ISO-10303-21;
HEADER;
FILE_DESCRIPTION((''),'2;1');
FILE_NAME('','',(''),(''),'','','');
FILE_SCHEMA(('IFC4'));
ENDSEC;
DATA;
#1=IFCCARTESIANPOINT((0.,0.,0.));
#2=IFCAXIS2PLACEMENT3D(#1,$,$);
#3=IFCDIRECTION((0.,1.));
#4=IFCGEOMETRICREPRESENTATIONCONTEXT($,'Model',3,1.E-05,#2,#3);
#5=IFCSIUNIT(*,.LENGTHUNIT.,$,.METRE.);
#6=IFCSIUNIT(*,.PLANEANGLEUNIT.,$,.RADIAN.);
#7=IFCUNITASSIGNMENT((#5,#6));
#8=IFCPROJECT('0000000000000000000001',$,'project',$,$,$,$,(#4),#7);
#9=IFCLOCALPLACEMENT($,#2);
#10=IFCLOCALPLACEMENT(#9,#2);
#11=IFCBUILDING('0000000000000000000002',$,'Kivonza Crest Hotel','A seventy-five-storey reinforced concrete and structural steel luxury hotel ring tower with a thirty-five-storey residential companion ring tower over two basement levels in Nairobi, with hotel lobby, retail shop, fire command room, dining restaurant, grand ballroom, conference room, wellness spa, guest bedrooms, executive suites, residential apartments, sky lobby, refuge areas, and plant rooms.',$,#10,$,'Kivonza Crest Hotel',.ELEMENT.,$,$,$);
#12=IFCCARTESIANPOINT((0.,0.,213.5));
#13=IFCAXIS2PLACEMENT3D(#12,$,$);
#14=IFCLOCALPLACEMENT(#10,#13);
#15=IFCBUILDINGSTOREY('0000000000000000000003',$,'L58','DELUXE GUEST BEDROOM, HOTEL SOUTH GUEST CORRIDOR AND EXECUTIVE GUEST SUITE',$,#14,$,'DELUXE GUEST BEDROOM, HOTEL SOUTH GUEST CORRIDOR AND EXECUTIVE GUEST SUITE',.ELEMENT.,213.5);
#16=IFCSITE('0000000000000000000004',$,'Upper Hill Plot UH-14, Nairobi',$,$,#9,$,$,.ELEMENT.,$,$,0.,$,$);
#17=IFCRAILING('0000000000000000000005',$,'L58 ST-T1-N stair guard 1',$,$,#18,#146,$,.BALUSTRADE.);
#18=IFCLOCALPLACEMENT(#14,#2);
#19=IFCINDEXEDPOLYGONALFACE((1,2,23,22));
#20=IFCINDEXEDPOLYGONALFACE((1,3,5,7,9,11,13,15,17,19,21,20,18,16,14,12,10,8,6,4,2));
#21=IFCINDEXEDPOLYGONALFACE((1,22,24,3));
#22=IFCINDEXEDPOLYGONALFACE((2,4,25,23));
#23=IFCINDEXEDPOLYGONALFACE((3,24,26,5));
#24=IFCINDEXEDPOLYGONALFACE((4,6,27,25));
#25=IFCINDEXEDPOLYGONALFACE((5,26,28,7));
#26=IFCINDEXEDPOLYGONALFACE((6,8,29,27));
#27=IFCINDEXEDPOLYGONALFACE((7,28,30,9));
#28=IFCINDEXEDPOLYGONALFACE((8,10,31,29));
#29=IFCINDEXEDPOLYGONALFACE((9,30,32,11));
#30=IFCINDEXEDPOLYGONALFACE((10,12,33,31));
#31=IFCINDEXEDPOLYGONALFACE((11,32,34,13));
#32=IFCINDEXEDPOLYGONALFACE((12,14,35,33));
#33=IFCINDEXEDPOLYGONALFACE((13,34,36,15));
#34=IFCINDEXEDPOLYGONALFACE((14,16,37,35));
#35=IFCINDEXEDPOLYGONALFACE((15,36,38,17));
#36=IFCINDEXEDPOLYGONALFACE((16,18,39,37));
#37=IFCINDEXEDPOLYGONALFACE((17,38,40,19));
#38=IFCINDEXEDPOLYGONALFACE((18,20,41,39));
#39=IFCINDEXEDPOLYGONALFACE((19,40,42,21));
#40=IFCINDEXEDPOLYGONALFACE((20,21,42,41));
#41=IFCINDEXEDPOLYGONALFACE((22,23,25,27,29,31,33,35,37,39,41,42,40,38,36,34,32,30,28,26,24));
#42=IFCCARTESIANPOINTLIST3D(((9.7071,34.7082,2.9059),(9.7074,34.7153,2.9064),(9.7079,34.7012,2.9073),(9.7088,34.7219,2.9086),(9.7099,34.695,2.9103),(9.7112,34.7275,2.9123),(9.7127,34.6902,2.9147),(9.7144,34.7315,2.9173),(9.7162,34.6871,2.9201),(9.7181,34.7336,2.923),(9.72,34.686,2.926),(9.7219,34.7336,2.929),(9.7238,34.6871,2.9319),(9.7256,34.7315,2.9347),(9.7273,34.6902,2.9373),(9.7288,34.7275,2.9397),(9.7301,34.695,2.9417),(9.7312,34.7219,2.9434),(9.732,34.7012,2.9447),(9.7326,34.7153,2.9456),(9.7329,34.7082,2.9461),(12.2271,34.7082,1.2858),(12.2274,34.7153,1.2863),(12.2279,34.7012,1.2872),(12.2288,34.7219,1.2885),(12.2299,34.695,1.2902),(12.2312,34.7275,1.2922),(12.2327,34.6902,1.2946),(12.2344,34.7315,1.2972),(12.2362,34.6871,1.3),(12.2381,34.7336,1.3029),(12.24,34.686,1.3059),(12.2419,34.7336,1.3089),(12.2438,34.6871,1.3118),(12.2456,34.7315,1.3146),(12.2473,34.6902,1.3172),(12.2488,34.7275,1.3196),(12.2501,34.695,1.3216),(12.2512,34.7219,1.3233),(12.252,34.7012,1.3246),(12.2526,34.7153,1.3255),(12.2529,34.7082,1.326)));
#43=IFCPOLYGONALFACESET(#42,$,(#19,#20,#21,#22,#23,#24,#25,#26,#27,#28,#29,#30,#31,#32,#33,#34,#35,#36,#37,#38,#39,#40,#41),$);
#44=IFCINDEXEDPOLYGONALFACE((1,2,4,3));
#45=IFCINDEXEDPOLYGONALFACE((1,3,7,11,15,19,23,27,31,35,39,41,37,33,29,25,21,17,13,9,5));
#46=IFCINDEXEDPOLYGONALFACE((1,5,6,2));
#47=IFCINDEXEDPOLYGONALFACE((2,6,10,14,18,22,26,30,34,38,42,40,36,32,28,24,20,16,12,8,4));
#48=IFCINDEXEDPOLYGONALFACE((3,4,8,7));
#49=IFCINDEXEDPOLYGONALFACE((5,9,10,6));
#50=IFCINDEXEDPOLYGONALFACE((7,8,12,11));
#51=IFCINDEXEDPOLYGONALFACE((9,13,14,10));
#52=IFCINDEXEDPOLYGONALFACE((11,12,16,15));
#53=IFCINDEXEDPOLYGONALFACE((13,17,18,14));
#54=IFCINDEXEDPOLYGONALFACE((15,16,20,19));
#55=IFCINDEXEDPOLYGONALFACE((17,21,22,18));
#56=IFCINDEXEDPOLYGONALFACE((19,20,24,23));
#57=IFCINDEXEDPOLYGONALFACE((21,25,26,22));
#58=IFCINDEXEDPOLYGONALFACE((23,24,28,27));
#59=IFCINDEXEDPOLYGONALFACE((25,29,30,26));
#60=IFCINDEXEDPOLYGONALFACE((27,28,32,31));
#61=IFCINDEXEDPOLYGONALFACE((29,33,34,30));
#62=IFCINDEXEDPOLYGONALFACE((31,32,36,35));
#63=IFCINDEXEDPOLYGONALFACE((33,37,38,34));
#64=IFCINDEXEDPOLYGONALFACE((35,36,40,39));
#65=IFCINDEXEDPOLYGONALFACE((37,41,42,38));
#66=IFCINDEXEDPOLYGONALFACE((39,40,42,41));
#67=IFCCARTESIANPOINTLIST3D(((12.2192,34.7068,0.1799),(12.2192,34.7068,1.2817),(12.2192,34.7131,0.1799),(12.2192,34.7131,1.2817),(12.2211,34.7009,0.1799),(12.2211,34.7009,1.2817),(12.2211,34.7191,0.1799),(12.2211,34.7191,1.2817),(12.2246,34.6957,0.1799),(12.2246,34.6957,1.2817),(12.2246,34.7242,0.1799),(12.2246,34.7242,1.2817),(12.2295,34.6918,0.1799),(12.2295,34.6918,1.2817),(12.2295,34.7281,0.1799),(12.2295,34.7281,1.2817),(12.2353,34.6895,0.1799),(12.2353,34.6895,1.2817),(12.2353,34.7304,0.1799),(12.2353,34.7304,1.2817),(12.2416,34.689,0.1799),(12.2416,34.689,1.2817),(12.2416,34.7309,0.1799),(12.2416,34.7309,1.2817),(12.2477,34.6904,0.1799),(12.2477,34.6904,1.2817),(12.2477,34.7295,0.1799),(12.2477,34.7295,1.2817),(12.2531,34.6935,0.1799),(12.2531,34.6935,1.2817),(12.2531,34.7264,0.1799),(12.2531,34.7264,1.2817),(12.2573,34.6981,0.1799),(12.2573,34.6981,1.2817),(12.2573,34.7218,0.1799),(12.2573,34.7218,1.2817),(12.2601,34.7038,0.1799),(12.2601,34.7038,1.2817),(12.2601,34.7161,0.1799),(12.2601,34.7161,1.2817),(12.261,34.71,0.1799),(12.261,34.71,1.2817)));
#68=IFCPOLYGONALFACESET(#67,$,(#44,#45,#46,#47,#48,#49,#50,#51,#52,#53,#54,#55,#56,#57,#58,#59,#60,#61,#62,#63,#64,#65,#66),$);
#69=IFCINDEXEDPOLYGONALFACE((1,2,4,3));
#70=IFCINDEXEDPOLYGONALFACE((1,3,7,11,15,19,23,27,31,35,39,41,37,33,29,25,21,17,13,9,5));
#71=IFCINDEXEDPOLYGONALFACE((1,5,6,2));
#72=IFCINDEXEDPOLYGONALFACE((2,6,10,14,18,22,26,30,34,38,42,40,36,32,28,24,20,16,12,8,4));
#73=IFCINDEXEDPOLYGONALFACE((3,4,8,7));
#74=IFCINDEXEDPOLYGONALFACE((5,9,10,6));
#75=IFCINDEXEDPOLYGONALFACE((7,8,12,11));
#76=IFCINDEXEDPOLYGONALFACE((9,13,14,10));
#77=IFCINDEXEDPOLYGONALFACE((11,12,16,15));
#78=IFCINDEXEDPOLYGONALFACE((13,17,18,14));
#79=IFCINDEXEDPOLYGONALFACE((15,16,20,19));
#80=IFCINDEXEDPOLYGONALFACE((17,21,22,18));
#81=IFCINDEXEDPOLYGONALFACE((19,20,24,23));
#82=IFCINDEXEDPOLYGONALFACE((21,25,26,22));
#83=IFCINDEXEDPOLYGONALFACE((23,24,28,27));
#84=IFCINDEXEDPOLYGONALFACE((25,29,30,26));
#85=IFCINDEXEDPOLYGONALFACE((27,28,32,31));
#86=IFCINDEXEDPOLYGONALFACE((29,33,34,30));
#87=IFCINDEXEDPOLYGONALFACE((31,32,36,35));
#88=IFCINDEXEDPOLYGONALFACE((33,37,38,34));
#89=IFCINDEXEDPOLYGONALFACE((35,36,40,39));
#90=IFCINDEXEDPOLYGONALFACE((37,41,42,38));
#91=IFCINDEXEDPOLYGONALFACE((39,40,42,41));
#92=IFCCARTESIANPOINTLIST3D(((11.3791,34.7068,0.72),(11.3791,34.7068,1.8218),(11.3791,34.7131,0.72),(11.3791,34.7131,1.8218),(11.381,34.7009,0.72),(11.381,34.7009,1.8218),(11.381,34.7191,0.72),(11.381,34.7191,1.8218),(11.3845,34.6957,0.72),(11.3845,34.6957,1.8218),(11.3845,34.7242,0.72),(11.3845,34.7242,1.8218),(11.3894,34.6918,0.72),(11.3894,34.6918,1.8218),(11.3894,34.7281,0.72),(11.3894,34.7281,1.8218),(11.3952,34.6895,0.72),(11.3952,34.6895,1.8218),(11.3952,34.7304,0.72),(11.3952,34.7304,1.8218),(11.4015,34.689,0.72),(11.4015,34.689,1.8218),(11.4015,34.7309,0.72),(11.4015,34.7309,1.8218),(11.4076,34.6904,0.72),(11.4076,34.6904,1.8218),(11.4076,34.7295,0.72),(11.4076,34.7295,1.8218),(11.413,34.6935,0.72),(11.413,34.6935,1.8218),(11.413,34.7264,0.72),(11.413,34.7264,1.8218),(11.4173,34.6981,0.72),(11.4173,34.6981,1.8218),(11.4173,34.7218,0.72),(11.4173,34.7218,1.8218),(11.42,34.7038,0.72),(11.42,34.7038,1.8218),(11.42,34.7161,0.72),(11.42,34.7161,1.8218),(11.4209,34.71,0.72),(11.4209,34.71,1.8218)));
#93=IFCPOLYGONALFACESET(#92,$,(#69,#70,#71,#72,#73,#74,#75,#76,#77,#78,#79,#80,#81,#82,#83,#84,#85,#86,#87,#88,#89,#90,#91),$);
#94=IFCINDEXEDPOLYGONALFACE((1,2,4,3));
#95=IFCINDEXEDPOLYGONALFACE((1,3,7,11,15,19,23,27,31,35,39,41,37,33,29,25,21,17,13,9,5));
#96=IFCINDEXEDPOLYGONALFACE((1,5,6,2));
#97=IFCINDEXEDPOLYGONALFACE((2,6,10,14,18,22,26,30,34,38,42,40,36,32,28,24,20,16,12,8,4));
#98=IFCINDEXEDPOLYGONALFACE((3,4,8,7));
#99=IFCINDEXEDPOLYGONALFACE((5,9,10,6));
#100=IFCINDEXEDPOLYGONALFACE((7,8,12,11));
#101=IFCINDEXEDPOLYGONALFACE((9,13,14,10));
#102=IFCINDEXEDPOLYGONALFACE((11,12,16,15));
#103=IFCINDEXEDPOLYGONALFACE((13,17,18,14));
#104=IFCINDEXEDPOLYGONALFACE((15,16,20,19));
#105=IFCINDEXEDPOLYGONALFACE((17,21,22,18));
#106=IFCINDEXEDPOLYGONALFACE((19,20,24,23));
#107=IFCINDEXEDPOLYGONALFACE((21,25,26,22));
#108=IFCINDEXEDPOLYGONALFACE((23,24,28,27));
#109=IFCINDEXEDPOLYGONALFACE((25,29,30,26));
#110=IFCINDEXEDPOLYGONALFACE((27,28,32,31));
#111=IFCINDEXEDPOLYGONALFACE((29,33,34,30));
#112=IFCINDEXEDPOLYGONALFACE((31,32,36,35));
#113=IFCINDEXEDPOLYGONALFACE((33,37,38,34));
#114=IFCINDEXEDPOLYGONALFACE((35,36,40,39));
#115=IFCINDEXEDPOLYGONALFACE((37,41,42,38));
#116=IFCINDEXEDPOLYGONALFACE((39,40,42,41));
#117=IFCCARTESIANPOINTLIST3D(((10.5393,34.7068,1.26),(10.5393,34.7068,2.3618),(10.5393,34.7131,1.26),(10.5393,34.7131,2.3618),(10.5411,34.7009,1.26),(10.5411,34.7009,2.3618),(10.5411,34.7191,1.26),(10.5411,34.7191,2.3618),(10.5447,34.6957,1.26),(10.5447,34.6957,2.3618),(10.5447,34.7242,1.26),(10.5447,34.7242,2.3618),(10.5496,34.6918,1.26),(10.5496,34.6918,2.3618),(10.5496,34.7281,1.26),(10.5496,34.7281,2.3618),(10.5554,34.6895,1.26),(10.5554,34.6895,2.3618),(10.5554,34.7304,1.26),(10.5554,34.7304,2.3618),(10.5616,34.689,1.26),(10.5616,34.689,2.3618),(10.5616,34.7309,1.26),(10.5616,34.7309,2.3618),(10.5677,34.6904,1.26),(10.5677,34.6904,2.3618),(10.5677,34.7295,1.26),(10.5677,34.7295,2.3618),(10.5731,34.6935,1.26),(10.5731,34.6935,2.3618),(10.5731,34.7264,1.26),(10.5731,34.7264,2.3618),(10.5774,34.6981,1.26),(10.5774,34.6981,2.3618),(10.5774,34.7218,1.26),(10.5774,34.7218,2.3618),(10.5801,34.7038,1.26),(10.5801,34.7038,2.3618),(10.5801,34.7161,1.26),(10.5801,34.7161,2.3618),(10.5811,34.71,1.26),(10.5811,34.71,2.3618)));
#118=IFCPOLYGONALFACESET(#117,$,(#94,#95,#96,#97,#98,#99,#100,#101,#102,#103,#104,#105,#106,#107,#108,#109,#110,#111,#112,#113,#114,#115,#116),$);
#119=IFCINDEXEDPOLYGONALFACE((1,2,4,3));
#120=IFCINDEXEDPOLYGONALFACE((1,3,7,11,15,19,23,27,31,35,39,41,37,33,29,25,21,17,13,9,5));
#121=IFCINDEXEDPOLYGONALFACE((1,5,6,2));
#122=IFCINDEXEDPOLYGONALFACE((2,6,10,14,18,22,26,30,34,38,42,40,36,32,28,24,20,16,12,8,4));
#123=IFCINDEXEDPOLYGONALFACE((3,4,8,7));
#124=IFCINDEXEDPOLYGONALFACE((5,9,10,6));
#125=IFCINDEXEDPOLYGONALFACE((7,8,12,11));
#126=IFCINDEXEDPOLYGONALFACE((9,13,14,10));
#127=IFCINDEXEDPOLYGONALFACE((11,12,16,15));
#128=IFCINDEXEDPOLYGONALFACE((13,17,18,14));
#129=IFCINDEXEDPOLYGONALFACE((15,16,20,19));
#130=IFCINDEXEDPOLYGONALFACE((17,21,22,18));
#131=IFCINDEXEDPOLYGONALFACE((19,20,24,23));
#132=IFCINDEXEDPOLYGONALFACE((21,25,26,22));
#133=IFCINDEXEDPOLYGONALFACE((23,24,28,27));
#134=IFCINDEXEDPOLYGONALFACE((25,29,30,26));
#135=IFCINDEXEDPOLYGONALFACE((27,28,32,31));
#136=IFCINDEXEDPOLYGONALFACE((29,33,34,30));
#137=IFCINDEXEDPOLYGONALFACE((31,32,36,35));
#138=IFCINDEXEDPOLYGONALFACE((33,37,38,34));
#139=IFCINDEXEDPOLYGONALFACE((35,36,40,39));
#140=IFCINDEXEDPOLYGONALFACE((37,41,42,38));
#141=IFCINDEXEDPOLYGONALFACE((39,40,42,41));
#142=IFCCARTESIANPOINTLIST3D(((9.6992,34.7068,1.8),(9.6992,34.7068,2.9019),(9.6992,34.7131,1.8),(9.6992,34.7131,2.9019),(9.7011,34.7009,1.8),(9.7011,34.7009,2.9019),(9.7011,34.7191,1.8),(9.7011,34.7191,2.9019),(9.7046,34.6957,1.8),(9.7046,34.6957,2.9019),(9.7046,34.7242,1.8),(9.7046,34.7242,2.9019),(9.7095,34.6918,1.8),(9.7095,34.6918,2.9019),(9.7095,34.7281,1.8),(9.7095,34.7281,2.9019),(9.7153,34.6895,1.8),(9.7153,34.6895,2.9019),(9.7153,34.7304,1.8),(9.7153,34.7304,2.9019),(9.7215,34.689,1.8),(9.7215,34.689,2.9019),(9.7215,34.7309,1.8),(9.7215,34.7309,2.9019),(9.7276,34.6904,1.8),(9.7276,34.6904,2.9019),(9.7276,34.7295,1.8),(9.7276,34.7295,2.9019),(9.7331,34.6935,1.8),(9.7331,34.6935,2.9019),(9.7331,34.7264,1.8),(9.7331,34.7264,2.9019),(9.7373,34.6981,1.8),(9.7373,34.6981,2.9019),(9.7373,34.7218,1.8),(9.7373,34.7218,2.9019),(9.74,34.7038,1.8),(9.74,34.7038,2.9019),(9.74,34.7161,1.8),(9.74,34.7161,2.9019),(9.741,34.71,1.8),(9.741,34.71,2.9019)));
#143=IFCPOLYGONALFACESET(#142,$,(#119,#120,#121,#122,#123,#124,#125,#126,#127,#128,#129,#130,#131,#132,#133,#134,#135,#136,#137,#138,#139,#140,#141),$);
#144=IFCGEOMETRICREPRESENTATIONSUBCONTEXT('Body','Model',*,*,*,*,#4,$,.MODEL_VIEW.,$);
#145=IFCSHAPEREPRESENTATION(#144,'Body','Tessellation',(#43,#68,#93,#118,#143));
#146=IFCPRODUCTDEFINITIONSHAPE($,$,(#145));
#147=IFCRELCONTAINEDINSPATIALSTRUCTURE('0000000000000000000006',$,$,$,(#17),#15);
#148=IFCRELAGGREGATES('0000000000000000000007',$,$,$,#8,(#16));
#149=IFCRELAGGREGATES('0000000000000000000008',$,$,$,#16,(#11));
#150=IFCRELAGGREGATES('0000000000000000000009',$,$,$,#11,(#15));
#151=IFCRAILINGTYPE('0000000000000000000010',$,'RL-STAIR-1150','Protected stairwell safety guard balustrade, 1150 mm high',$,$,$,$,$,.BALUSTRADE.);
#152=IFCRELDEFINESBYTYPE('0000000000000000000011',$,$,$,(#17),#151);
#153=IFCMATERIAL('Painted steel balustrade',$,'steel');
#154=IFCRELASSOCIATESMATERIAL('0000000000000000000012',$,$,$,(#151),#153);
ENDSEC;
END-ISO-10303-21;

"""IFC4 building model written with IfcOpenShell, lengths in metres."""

from ifc_helpers import new_model, si_unit, direction, frame, origin, origin_2d, place, context, subcontext, project, spatial, circle, extrude, material, type_object, element, save


model = new_model("IFC4")

# Units and contexts
model_context = context("Model", 3, precision=1e-05, world=origin(), true_north=direction((0.0, 1.0)))
body_context = subcontext(model_context, "Body", "Model", "MODEL_VIEW")
ifc_project = project(units=[si_unit("LENGTHUNIT", "METRE"), si_unit("PLANEANGLEUNIT", "RADIAN")], contexts=[model_context])

# Site, building, storey
site_placement = place(None, origin())
site = spatial("IfcSite", under=ifc_project, at=site_placement, Name="Upper Hill Plot UH-14, Nairobi", CompositionType="ELEMENT", RefElevation=0.0)
building_placement = place(site_placement, origin())
building = spatial("IfcBuilding", under=site, at=building_placement, Name="Kivonza Crest Hotel", Description="A seventy-five-storey reinforced concrete and structural steel luxury hotel ring tower with a thirty-five-storey residential companion ring tower over two basement levels in Nairobi, with hotel lobby, retail shop, fire command room, dining restaurant, grand ballroom, conference room, wellness spa, guest bedrooms, executive suites, residential apartments, sky lobby, refuge areas, and plant rooms.", LongName="Kivonza Crest Hotel", CompositionType="ELEMENT")
storey_placement = place(building_placement, frame((0.0, 0.0, 213.5)))
storey = spatial("IfcBuildingStorey", under=building, at=storey_placement, Name="L58", Description="DELUXE GUEST BEDROOM, HOTEL SOUTH GUEST CORRIDOR AND EXECUTIVE GUEST SUITE", LongName="DELUXE GUEST BEDROOM, HOTEL SOUTH GUEST CORRIDOR AND EXECUTIVE GUEST SUITE", CompositionType="ELEMENT", Elevation=213.5)

# Railing
ifc_material_1 = material(Name="Painted steel balustrade", Category="steel")
railing_type_1 = type_object("IfcRailingType", Name="RL-STAIR-1150", Description="Protected stairwell safety guard balustrade, 1150 mm high", PredefinedType="BALUSTRADE", material=ifc_material_1)
railing_1_placement = place(storey_placement, frame((12.24, 34.71, 0.1799)))
element("IfcRailing", 1, at=railing_1_placement, inside=storey, type_object=railing_type_1, Name="L58 ST-T1-N stair guard 1", PredefinedType="BALUSTRADE", context=body_context, shape_type="SweptSolid", body=[
    extrude(circle(Radius=0.0239, at=origin_2d()), frame((0.0, 0.0, 1.126), z_axis=(-0.841163, 0.0, 0.540782), x_axis=(0.0, -1.0, 0.0)), (0.0, 0.0, 1.0), 2.9958),
    extrude(circle(Radius=0.021, at=origin_2d()), origin(), (0.0, 0.0, 1.0), 1.1018),
    extrude(circle(Radius=0.021, at=origin_2d()), frame((-0.8401, 0.0, 0.54)), (0.0, 0.0, 1.0), 1.1018),
    extrude(circle(Radius=0.021, at=origin_2d()), frame((-1.6799, 0.0, 1.0801)), (0.0, 0.0, 1.0), 1.1018),
    extrude(circle(Radius=0.021, at=origin_2d()), frame((-2.52, 0.0, 1.6201)), (0.0, 0.0, 1.0), 1.1018),
])

save(model, "model.ifc")
